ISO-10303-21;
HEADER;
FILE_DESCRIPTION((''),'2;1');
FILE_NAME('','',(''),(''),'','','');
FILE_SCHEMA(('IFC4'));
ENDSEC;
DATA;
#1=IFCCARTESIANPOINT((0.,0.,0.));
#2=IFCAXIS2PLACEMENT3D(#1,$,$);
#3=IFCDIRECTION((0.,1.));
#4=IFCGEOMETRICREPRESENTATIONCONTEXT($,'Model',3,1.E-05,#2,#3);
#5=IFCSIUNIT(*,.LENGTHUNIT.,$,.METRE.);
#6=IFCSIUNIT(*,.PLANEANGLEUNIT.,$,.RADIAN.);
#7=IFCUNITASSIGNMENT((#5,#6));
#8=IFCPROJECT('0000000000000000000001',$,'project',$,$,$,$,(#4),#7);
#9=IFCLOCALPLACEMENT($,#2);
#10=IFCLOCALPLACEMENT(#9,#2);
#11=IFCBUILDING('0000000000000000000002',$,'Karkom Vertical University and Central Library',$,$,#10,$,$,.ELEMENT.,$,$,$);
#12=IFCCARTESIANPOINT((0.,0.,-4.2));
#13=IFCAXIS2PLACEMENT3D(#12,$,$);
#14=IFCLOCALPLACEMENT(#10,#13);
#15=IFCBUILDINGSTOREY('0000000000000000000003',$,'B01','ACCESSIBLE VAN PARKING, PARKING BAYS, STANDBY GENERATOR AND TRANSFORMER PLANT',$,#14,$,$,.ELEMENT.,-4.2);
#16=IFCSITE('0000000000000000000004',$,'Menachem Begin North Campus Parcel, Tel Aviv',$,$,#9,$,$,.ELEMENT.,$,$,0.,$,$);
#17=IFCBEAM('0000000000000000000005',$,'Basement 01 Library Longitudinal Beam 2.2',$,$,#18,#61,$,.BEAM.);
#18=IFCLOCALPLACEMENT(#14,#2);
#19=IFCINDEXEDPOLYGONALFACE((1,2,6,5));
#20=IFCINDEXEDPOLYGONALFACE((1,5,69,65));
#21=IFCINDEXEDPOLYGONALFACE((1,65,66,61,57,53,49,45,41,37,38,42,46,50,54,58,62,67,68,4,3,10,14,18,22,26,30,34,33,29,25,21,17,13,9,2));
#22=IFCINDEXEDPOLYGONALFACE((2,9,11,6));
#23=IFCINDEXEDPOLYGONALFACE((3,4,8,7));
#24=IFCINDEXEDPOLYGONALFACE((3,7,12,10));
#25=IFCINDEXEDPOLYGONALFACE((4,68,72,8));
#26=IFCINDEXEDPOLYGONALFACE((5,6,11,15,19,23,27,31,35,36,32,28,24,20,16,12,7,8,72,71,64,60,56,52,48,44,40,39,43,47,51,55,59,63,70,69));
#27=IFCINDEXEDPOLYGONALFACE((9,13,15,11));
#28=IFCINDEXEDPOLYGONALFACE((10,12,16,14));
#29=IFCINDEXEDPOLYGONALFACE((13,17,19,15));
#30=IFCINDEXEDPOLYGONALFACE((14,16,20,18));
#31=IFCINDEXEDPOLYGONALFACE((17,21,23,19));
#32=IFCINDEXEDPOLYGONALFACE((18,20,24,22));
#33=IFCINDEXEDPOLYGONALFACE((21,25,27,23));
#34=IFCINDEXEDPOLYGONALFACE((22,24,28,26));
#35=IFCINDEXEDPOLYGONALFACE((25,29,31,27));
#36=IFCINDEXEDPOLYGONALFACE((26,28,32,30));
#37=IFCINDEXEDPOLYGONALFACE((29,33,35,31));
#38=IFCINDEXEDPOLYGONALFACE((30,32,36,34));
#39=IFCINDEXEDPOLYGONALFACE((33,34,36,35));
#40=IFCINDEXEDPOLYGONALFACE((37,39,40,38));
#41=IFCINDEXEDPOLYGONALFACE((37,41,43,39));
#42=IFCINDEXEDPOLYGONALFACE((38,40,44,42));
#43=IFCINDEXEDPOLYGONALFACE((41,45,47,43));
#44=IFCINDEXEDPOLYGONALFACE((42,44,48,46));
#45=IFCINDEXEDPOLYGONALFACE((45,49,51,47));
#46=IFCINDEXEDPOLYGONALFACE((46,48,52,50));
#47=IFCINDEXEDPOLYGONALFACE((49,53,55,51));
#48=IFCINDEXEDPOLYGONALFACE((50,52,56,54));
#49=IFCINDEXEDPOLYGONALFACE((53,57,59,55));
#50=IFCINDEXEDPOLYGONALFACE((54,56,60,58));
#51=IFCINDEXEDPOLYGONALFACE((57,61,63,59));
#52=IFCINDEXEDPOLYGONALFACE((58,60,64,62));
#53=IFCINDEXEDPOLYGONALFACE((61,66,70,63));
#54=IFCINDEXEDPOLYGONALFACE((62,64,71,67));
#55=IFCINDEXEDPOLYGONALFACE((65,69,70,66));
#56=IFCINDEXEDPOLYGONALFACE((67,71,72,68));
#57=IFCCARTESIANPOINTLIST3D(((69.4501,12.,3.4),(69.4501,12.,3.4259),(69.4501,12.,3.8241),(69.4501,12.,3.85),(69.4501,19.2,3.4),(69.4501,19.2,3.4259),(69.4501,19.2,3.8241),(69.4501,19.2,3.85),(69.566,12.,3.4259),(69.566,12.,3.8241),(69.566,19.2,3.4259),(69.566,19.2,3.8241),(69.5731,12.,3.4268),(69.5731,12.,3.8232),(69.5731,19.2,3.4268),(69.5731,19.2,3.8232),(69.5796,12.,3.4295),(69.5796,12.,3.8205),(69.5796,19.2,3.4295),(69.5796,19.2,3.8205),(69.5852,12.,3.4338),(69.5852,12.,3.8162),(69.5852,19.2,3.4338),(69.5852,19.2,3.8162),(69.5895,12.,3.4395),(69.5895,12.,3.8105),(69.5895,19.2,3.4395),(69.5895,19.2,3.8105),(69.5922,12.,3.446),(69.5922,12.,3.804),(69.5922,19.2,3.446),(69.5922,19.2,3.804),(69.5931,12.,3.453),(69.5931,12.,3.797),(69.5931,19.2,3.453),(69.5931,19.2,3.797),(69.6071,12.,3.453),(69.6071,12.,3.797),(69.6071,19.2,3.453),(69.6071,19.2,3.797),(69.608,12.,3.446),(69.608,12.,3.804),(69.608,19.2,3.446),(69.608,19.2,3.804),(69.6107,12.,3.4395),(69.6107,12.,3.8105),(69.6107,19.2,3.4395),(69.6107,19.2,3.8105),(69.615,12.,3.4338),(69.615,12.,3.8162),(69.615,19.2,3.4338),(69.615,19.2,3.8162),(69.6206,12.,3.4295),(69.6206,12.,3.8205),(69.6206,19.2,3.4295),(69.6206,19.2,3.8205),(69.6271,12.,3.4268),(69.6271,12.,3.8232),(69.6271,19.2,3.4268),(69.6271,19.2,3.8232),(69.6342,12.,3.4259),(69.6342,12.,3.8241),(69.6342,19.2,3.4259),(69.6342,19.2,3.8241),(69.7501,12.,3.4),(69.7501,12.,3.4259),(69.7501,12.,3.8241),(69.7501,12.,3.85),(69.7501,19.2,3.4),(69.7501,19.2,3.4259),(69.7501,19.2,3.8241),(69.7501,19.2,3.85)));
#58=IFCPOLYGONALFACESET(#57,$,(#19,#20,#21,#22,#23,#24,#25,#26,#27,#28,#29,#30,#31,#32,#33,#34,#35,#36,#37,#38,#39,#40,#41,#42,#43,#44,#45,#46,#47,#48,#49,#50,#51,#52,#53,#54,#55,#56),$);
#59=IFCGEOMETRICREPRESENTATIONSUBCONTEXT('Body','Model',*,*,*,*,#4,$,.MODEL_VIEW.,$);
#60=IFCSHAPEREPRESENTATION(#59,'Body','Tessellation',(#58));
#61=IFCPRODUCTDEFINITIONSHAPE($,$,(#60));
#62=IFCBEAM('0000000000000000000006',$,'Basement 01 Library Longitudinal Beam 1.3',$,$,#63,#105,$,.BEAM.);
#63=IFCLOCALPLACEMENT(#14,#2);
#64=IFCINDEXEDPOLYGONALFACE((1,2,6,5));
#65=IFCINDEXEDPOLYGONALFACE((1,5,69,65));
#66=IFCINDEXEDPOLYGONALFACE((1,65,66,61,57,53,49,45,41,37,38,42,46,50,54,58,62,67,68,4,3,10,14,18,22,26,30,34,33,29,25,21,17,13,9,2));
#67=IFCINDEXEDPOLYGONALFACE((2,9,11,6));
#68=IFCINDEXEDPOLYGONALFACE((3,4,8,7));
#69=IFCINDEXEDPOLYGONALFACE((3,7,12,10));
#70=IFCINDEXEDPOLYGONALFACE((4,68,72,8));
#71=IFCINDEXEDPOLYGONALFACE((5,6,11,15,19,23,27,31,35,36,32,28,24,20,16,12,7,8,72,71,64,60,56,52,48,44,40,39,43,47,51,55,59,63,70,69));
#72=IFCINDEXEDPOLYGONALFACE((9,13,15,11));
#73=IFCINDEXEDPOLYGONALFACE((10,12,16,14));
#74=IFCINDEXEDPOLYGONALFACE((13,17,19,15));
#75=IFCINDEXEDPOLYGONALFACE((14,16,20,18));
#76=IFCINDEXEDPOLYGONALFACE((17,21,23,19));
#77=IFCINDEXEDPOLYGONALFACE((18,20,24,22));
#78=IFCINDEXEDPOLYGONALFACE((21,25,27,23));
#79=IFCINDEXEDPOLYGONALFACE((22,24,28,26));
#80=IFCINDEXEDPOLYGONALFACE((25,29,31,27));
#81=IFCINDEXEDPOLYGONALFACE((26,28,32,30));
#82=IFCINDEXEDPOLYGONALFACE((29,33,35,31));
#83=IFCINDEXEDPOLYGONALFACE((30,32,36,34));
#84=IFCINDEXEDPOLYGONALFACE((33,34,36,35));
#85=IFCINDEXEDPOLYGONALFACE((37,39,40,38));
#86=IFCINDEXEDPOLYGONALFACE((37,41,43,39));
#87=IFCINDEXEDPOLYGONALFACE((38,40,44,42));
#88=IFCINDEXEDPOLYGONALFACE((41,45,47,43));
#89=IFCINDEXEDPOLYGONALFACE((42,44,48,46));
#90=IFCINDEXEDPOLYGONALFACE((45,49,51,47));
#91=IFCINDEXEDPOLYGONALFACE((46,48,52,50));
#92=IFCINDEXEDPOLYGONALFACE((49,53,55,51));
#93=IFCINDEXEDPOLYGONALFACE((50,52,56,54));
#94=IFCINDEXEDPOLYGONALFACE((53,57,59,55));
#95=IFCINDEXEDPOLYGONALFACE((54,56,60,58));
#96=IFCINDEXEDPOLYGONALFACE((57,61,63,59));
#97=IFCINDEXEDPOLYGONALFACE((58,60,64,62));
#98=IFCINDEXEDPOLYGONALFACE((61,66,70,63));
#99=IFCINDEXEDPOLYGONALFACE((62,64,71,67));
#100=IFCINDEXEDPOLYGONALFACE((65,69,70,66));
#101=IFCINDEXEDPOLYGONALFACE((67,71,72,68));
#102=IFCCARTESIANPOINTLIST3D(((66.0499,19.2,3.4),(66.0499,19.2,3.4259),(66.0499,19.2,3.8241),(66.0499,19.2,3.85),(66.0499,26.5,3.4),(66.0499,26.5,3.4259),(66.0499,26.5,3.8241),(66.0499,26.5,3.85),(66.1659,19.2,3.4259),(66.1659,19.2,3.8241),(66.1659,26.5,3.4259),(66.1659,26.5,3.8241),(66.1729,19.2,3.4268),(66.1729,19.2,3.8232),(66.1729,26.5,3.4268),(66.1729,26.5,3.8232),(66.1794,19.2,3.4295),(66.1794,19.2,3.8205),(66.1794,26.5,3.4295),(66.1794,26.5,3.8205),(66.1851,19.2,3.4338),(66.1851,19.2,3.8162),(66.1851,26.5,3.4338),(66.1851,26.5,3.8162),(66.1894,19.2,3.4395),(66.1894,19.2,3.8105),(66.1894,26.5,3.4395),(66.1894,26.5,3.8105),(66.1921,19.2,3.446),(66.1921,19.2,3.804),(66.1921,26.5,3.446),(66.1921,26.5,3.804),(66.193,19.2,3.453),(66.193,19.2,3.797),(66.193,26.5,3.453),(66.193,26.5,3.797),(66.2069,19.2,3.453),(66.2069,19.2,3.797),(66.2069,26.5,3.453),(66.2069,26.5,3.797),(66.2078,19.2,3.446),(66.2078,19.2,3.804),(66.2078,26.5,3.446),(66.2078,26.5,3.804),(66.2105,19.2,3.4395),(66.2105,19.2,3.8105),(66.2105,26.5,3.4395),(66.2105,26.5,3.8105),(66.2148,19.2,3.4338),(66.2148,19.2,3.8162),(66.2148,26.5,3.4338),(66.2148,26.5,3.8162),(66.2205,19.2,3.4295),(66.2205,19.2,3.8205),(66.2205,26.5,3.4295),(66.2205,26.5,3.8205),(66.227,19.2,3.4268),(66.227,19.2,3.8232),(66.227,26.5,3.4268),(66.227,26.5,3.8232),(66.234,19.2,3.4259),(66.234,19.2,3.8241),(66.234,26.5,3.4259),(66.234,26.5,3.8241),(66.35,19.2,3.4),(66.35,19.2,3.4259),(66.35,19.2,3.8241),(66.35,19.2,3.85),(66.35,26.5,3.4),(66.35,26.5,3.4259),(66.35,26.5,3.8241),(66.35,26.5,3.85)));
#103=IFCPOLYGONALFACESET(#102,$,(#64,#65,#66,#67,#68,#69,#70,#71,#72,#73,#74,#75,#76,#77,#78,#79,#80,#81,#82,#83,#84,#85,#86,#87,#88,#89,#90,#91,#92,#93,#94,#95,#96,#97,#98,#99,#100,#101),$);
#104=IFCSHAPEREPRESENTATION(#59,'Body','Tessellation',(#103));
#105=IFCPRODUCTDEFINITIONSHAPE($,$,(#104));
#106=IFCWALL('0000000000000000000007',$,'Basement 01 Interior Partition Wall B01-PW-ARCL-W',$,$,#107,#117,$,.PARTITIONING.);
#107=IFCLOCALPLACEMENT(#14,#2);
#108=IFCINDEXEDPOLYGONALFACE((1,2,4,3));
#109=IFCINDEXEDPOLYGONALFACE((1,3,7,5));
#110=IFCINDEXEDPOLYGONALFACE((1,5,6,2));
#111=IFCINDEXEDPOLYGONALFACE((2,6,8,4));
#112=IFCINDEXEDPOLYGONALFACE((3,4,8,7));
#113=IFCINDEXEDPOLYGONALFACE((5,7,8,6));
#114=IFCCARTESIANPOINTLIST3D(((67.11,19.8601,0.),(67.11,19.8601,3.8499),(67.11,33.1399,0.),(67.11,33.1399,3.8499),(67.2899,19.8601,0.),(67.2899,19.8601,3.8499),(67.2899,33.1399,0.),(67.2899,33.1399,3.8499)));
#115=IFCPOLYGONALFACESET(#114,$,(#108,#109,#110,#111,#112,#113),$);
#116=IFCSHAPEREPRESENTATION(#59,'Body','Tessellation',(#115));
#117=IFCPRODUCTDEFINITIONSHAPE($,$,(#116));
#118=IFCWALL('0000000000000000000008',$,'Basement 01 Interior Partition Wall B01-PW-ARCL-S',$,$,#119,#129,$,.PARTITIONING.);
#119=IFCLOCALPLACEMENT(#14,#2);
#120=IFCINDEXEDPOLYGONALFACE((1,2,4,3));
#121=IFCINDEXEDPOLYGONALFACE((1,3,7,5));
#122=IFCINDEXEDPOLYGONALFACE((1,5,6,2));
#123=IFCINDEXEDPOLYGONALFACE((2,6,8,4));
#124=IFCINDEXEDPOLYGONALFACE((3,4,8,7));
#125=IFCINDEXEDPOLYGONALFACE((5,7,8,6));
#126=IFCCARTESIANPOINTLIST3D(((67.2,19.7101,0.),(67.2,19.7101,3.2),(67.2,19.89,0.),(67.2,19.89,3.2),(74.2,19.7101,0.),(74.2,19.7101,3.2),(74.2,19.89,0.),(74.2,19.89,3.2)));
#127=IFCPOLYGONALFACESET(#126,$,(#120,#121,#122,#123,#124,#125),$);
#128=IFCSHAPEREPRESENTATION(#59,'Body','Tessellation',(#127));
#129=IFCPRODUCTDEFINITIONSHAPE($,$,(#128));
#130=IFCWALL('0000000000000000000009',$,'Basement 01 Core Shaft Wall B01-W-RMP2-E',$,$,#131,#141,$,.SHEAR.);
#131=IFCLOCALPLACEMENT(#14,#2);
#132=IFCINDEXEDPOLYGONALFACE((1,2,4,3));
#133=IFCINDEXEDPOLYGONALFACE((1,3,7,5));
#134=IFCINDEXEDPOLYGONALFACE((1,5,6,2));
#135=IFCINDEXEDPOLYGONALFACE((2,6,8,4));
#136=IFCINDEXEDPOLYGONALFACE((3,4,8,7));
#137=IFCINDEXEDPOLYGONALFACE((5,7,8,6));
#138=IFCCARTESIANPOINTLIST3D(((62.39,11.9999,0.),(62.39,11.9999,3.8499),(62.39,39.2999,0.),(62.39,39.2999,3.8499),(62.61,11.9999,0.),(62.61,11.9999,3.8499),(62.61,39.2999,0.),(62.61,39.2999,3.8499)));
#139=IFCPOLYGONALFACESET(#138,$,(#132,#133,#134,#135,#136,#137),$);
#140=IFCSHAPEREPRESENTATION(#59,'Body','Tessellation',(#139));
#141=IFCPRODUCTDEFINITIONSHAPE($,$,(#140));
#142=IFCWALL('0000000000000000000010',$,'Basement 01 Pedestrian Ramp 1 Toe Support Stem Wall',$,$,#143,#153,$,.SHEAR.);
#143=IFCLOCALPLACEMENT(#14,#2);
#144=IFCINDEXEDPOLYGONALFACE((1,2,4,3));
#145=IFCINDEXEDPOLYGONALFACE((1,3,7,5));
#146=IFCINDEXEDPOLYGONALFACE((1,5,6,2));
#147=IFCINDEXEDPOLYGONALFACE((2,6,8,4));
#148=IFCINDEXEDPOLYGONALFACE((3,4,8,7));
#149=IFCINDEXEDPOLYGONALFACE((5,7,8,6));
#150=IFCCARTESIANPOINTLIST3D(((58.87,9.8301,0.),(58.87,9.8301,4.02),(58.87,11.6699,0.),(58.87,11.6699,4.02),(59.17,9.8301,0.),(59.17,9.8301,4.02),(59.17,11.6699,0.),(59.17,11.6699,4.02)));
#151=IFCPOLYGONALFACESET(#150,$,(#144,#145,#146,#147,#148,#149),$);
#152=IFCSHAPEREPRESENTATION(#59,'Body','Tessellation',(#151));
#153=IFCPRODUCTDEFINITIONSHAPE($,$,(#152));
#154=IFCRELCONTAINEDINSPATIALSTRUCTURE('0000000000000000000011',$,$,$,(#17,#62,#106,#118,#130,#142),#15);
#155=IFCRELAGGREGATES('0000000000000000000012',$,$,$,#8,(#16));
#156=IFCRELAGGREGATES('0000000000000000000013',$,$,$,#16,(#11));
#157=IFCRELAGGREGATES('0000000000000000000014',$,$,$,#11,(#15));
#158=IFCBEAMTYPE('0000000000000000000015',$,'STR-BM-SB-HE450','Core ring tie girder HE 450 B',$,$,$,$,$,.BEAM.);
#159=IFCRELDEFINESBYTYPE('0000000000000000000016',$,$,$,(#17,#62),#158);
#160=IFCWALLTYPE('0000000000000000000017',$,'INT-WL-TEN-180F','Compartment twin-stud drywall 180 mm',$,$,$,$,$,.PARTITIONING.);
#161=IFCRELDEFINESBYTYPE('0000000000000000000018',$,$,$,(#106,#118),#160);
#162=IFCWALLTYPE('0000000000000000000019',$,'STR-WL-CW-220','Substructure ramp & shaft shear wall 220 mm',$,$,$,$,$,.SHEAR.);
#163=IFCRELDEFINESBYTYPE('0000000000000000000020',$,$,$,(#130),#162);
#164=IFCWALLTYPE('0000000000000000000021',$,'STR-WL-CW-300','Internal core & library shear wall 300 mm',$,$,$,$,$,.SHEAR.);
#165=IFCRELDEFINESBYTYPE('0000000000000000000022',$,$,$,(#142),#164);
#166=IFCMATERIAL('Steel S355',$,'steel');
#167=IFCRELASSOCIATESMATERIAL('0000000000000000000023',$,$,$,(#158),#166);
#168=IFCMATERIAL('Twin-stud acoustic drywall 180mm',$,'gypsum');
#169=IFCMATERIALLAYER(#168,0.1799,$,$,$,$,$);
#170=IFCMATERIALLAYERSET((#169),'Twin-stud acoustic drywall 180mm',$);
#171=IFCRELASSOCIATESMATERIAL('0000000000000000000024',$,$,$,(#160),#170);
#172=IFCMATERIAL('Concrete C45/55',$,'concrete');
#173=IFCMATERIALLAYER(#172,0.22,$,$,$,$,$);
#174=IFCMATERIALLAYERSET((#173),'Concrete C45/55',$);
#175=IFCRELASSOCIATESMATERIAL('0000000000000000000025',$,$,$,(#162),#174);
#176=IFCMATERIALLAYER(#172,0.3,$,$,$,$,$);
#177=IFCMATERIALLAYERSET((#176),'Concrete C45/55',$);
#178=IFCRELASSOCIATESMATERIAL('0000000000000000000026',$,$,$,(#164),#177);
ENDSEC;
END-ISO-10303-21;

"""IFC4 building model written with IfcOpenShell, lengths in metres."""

from ifc_helpers import new_model, si_unit, direction, frame, frame_2d, origin, origin_with_axes, origin_2d, place, context, subcontext, project, spatial, rectangle, i_section, extrude, source, transform, mapped, material, layer, layer_set, material_profile, profile_set, type_object, element, save


model = new_model("IFC4")

# Units and contexts
model_context = context("Model", 3, precision=1e-05, world=origin(), true_north=direction((0.0, 1.0)))
body_context = subcontext(model_context, "Body", "Model", "MODEL_VIEW")
ifc_project = project(units=[si_unit("LENGTHUNIT", "METRE"), si_unit("PLANEANGLEUNIT", "RADIAN")], contexts=[model_context])

# Site, building, storey
site_placement = place(None, origin())
site = spatial("IfcSite", under=ifc_project, at=site_placement, Name="Menachem Begin North Campus Parcel, Tel Aviv", CompositionType="ELEMENT", RefElevation=0.0)
building_placement = place(site_placement, origin())
building = spatial("IfcBuilding", under=site, at=building_placement, Name="Karkom Vertical University and Central Library", CompositionType="ELEMENT")
storey_placement = place(building_placement, frame((0.0, 0.0, -4.2)))
storey = spatial("IfcBuildingStorey", under=building, at=storey_placement, Name="B01", Description="ACCESSIBLE VAN PARKING, PARKING BAYS, STANDBY GENERATOR AND TRANSFORMER PLANT", CompositionType="ELEMENT", Elevation=-4.2)

# Shared definitions
ifc_material_1 = material(Name="Concrete C45/55", Category="concrete")

# Beams
ifc_material_2 = material(Name="Steel S355", Category="steel")
ifc_material_profile_1 = material_profile(ifc_material_2, i_section(OverallWidth=0.3, OverallDepth=0.45, WebThickness=0.0139, FlangeThickness=0.0259, FilletRadius=0.0271, at=origin_2d()), Name="HE 450 B")
ifc_profile_set_1 = profile_set([ifc_material_profile_1], Name="Steel S355")
beam_type_1 = type_object("IfcBeamType", Name="STR-BM-SB-HE450", Description="Core ring tie girder HE 450 B", PredefinedType="BEAM", material=ifc_profile_set_1)
shared_shape_1 = source(origin_with_axes(), body_context, "Body", "SweptSolid", [
    extrude(i_section(OverallWidth=0.3, OverallDepth=0.45, WebThickness=0.0139, FlangeThickness=0.0259, FilletRadius=0.0271, at=origin_2d()), origin(), (0.0, 0.0, 1.0), 7.2),
])
for number, where, z_axis, x_axis, name in (
    (1, (69.6001, 12.0, 3.625), (0.0, 1.0, 0.0), (-1.0, 0.0, 0.0), "Basement 01 Library Longitudinal Beam 2.2"),
):
    element("IfcBeam", number, at=place(storey_placement, frame(where, z_axis=z_axis, x_axis=x_axis)), inside=storey, type_object=beam_type_1, Name=name, PredefinedType="BEAM", context=body_context, shape_type="MappedRepresentation", body=[
        mapped(shared_shape_1, transform((0.0, 0.0, 0.0), scale=1.0)),
    ])
shared_shape_2 = source(origin_with_axes(), body_context, "Body", "SweptSolid", [
    extrude(i_section(OverallWidth=0.3, OverallDepth=0.45, WebThickness=0.0139, FlangeThickness=0.0259, FilletRadius=0.0271, at=origin_2d()), origin(), (0.0, 0.0, 1.0), 7.3),
])
beam_1_placement = place(storey_placement, frame((66.2, 19.2, 3.625), z_axis=(0.0, 1.0, 0.0), x_axis=(-1.0, 0.0, 0.0)))
element("IfcBeam", 2, at=beam_1_placement, inside=storey, type_object=beam_type_1, Name="Basement 01 Library Longitudinal Beam 1.3", PredefinedType="BEAM", context=body_context, shape_type="MappedRepresentation", body=[
    mapped(shared_shape_2, transform((0.0, 0.0, 0.0), scale=1.0)),
])

# Walls
ifc_material_3 = material(Name="Twin-stud acoustic drywall 180mm", Category="gypsum")
ifc_layer_1 = layer(ifc_material_3, 0.1799)
ifc_layer_set_1 = layer_set([ifc_layer_1], Name="Twin-stud acoustic drywall 180mm")
wall_type_1 = type_object("IfcWallType", Name="INT-WL-TEN-180F", Description="Compartment twin-stud drywall 180 mm", PredefinedType="PARTITIONING", material=ifc_layer_set_1)
wall_1_placement = place(storey_placement, frame((67.2, 19.8601, 0.0), z_axis=(0.0, 0.0, 1.0), x_axis=(0.0, 1.0, 0.0)))
element("IfcWall", 3, at=wall_1_placement, inside=storey, type_object=wall_type_1, Name="Basement 01 Interior Partition Wall B01-PW-ARCL-W", PredefinedType="PARTITIONING", context=body_context, shape_type="SweptSolid", body=[
    extrude(rectangle(XDim=13.2798, YDim=0.1799, at=frame_2d((6.6399, 0.0))), origin(), (0.0, 0.0, 1.0), 3.8499),
])
wall_2_placement = place(storey_placement, frame((67.2, 19.8, 0.0), z_axis=(0.0, 0.0, 1.0), x_axis=(1.0, 0.0, 0.0)))
element("IfcWall", 4, at=wall_2_placement, inside=storey, type_object=wall_type_1, Name="Basement 01 Interior Partition Wall B01-PW-ARCL-S", PredefinedType="PARTITIONING", context=body_context, shape_type="SweptSolid", body=[
    extrude(rectangle(XDim=7.0, YDim=0.1799, at=frame_2d((3.5, 0.0))), origin(), (0.0, 0.0, 1.0), 3.2),
])
ifc_layer_2 = layer(ifc_material_1, 0.22)
ifc_layer_set_2 = layer_set([ifc_layer_2], Name="Concrete C45/55")
wall_type_2 = type_object("IfcWallType", Name="STR-WL-CW-220", Description="Substructure ramp & shaft shear wall 220 mm", PredefinedType="SHEAR", material=ifc_layer_set_2)
wall_3_placement = place(storey_placement, frame((62.5, 12.0, 0.0), z_axis=(0.0, 0.0, 1.0), x_axis=(0.0, 1.0, 0.0)))
element("IfcWall", 5, at=wall_3_placement, inside=storey, type_object=wall_type_2, Name="Basement 01 Core Shaft Wall B01-W-RMP2-E", PredefinedType="SHEAR", context=body_context, shape_type="SweptSolid", body=[
    extrude(rectangle(XDim=27.3, YDim=0.22, at=frame_2d((13.6499, 0.0))), origin(), (0.0, 0.0, 1.0), 3.8499),
])
ifc_layer_3 = layer(ifc_material_1, 0.3)
ifc_layer_set_3 = layer_set([ifc_layer_3], Name="Concrete C45/55")
wall_type_3 = type_object("IfcWallType", Name="STR-WL-CW-300", Description="Internal core & library shear wall 300 mm", PredefinedType="SHEAR", material=ifc_layer_set_3)
wall_4_placement = place(storey_placement, frame((59.02, 9.8301, 0.0), z_axis=(0.0, 0.0, 1.0), x_axis=(0.0, 1.0, 0.0)))
element("IfcWall", 6, at=wall_4_placement, inside=storey, type_object=wall_type_3, Name="Basement 01 Pedestrian Ramp 1 Toe Support Stem Wall", PredefinedType="SHEAR", context=body_context, shape_type="SweptSolid", body=[
    extrude(rectangle(XDim=1.8398, YDim=0.3, at=frame_2d((0.9199, 0.0))), origin(), (0.0, 0.0, 1.0), 4.02),
])

save(model, "model.ifc")
